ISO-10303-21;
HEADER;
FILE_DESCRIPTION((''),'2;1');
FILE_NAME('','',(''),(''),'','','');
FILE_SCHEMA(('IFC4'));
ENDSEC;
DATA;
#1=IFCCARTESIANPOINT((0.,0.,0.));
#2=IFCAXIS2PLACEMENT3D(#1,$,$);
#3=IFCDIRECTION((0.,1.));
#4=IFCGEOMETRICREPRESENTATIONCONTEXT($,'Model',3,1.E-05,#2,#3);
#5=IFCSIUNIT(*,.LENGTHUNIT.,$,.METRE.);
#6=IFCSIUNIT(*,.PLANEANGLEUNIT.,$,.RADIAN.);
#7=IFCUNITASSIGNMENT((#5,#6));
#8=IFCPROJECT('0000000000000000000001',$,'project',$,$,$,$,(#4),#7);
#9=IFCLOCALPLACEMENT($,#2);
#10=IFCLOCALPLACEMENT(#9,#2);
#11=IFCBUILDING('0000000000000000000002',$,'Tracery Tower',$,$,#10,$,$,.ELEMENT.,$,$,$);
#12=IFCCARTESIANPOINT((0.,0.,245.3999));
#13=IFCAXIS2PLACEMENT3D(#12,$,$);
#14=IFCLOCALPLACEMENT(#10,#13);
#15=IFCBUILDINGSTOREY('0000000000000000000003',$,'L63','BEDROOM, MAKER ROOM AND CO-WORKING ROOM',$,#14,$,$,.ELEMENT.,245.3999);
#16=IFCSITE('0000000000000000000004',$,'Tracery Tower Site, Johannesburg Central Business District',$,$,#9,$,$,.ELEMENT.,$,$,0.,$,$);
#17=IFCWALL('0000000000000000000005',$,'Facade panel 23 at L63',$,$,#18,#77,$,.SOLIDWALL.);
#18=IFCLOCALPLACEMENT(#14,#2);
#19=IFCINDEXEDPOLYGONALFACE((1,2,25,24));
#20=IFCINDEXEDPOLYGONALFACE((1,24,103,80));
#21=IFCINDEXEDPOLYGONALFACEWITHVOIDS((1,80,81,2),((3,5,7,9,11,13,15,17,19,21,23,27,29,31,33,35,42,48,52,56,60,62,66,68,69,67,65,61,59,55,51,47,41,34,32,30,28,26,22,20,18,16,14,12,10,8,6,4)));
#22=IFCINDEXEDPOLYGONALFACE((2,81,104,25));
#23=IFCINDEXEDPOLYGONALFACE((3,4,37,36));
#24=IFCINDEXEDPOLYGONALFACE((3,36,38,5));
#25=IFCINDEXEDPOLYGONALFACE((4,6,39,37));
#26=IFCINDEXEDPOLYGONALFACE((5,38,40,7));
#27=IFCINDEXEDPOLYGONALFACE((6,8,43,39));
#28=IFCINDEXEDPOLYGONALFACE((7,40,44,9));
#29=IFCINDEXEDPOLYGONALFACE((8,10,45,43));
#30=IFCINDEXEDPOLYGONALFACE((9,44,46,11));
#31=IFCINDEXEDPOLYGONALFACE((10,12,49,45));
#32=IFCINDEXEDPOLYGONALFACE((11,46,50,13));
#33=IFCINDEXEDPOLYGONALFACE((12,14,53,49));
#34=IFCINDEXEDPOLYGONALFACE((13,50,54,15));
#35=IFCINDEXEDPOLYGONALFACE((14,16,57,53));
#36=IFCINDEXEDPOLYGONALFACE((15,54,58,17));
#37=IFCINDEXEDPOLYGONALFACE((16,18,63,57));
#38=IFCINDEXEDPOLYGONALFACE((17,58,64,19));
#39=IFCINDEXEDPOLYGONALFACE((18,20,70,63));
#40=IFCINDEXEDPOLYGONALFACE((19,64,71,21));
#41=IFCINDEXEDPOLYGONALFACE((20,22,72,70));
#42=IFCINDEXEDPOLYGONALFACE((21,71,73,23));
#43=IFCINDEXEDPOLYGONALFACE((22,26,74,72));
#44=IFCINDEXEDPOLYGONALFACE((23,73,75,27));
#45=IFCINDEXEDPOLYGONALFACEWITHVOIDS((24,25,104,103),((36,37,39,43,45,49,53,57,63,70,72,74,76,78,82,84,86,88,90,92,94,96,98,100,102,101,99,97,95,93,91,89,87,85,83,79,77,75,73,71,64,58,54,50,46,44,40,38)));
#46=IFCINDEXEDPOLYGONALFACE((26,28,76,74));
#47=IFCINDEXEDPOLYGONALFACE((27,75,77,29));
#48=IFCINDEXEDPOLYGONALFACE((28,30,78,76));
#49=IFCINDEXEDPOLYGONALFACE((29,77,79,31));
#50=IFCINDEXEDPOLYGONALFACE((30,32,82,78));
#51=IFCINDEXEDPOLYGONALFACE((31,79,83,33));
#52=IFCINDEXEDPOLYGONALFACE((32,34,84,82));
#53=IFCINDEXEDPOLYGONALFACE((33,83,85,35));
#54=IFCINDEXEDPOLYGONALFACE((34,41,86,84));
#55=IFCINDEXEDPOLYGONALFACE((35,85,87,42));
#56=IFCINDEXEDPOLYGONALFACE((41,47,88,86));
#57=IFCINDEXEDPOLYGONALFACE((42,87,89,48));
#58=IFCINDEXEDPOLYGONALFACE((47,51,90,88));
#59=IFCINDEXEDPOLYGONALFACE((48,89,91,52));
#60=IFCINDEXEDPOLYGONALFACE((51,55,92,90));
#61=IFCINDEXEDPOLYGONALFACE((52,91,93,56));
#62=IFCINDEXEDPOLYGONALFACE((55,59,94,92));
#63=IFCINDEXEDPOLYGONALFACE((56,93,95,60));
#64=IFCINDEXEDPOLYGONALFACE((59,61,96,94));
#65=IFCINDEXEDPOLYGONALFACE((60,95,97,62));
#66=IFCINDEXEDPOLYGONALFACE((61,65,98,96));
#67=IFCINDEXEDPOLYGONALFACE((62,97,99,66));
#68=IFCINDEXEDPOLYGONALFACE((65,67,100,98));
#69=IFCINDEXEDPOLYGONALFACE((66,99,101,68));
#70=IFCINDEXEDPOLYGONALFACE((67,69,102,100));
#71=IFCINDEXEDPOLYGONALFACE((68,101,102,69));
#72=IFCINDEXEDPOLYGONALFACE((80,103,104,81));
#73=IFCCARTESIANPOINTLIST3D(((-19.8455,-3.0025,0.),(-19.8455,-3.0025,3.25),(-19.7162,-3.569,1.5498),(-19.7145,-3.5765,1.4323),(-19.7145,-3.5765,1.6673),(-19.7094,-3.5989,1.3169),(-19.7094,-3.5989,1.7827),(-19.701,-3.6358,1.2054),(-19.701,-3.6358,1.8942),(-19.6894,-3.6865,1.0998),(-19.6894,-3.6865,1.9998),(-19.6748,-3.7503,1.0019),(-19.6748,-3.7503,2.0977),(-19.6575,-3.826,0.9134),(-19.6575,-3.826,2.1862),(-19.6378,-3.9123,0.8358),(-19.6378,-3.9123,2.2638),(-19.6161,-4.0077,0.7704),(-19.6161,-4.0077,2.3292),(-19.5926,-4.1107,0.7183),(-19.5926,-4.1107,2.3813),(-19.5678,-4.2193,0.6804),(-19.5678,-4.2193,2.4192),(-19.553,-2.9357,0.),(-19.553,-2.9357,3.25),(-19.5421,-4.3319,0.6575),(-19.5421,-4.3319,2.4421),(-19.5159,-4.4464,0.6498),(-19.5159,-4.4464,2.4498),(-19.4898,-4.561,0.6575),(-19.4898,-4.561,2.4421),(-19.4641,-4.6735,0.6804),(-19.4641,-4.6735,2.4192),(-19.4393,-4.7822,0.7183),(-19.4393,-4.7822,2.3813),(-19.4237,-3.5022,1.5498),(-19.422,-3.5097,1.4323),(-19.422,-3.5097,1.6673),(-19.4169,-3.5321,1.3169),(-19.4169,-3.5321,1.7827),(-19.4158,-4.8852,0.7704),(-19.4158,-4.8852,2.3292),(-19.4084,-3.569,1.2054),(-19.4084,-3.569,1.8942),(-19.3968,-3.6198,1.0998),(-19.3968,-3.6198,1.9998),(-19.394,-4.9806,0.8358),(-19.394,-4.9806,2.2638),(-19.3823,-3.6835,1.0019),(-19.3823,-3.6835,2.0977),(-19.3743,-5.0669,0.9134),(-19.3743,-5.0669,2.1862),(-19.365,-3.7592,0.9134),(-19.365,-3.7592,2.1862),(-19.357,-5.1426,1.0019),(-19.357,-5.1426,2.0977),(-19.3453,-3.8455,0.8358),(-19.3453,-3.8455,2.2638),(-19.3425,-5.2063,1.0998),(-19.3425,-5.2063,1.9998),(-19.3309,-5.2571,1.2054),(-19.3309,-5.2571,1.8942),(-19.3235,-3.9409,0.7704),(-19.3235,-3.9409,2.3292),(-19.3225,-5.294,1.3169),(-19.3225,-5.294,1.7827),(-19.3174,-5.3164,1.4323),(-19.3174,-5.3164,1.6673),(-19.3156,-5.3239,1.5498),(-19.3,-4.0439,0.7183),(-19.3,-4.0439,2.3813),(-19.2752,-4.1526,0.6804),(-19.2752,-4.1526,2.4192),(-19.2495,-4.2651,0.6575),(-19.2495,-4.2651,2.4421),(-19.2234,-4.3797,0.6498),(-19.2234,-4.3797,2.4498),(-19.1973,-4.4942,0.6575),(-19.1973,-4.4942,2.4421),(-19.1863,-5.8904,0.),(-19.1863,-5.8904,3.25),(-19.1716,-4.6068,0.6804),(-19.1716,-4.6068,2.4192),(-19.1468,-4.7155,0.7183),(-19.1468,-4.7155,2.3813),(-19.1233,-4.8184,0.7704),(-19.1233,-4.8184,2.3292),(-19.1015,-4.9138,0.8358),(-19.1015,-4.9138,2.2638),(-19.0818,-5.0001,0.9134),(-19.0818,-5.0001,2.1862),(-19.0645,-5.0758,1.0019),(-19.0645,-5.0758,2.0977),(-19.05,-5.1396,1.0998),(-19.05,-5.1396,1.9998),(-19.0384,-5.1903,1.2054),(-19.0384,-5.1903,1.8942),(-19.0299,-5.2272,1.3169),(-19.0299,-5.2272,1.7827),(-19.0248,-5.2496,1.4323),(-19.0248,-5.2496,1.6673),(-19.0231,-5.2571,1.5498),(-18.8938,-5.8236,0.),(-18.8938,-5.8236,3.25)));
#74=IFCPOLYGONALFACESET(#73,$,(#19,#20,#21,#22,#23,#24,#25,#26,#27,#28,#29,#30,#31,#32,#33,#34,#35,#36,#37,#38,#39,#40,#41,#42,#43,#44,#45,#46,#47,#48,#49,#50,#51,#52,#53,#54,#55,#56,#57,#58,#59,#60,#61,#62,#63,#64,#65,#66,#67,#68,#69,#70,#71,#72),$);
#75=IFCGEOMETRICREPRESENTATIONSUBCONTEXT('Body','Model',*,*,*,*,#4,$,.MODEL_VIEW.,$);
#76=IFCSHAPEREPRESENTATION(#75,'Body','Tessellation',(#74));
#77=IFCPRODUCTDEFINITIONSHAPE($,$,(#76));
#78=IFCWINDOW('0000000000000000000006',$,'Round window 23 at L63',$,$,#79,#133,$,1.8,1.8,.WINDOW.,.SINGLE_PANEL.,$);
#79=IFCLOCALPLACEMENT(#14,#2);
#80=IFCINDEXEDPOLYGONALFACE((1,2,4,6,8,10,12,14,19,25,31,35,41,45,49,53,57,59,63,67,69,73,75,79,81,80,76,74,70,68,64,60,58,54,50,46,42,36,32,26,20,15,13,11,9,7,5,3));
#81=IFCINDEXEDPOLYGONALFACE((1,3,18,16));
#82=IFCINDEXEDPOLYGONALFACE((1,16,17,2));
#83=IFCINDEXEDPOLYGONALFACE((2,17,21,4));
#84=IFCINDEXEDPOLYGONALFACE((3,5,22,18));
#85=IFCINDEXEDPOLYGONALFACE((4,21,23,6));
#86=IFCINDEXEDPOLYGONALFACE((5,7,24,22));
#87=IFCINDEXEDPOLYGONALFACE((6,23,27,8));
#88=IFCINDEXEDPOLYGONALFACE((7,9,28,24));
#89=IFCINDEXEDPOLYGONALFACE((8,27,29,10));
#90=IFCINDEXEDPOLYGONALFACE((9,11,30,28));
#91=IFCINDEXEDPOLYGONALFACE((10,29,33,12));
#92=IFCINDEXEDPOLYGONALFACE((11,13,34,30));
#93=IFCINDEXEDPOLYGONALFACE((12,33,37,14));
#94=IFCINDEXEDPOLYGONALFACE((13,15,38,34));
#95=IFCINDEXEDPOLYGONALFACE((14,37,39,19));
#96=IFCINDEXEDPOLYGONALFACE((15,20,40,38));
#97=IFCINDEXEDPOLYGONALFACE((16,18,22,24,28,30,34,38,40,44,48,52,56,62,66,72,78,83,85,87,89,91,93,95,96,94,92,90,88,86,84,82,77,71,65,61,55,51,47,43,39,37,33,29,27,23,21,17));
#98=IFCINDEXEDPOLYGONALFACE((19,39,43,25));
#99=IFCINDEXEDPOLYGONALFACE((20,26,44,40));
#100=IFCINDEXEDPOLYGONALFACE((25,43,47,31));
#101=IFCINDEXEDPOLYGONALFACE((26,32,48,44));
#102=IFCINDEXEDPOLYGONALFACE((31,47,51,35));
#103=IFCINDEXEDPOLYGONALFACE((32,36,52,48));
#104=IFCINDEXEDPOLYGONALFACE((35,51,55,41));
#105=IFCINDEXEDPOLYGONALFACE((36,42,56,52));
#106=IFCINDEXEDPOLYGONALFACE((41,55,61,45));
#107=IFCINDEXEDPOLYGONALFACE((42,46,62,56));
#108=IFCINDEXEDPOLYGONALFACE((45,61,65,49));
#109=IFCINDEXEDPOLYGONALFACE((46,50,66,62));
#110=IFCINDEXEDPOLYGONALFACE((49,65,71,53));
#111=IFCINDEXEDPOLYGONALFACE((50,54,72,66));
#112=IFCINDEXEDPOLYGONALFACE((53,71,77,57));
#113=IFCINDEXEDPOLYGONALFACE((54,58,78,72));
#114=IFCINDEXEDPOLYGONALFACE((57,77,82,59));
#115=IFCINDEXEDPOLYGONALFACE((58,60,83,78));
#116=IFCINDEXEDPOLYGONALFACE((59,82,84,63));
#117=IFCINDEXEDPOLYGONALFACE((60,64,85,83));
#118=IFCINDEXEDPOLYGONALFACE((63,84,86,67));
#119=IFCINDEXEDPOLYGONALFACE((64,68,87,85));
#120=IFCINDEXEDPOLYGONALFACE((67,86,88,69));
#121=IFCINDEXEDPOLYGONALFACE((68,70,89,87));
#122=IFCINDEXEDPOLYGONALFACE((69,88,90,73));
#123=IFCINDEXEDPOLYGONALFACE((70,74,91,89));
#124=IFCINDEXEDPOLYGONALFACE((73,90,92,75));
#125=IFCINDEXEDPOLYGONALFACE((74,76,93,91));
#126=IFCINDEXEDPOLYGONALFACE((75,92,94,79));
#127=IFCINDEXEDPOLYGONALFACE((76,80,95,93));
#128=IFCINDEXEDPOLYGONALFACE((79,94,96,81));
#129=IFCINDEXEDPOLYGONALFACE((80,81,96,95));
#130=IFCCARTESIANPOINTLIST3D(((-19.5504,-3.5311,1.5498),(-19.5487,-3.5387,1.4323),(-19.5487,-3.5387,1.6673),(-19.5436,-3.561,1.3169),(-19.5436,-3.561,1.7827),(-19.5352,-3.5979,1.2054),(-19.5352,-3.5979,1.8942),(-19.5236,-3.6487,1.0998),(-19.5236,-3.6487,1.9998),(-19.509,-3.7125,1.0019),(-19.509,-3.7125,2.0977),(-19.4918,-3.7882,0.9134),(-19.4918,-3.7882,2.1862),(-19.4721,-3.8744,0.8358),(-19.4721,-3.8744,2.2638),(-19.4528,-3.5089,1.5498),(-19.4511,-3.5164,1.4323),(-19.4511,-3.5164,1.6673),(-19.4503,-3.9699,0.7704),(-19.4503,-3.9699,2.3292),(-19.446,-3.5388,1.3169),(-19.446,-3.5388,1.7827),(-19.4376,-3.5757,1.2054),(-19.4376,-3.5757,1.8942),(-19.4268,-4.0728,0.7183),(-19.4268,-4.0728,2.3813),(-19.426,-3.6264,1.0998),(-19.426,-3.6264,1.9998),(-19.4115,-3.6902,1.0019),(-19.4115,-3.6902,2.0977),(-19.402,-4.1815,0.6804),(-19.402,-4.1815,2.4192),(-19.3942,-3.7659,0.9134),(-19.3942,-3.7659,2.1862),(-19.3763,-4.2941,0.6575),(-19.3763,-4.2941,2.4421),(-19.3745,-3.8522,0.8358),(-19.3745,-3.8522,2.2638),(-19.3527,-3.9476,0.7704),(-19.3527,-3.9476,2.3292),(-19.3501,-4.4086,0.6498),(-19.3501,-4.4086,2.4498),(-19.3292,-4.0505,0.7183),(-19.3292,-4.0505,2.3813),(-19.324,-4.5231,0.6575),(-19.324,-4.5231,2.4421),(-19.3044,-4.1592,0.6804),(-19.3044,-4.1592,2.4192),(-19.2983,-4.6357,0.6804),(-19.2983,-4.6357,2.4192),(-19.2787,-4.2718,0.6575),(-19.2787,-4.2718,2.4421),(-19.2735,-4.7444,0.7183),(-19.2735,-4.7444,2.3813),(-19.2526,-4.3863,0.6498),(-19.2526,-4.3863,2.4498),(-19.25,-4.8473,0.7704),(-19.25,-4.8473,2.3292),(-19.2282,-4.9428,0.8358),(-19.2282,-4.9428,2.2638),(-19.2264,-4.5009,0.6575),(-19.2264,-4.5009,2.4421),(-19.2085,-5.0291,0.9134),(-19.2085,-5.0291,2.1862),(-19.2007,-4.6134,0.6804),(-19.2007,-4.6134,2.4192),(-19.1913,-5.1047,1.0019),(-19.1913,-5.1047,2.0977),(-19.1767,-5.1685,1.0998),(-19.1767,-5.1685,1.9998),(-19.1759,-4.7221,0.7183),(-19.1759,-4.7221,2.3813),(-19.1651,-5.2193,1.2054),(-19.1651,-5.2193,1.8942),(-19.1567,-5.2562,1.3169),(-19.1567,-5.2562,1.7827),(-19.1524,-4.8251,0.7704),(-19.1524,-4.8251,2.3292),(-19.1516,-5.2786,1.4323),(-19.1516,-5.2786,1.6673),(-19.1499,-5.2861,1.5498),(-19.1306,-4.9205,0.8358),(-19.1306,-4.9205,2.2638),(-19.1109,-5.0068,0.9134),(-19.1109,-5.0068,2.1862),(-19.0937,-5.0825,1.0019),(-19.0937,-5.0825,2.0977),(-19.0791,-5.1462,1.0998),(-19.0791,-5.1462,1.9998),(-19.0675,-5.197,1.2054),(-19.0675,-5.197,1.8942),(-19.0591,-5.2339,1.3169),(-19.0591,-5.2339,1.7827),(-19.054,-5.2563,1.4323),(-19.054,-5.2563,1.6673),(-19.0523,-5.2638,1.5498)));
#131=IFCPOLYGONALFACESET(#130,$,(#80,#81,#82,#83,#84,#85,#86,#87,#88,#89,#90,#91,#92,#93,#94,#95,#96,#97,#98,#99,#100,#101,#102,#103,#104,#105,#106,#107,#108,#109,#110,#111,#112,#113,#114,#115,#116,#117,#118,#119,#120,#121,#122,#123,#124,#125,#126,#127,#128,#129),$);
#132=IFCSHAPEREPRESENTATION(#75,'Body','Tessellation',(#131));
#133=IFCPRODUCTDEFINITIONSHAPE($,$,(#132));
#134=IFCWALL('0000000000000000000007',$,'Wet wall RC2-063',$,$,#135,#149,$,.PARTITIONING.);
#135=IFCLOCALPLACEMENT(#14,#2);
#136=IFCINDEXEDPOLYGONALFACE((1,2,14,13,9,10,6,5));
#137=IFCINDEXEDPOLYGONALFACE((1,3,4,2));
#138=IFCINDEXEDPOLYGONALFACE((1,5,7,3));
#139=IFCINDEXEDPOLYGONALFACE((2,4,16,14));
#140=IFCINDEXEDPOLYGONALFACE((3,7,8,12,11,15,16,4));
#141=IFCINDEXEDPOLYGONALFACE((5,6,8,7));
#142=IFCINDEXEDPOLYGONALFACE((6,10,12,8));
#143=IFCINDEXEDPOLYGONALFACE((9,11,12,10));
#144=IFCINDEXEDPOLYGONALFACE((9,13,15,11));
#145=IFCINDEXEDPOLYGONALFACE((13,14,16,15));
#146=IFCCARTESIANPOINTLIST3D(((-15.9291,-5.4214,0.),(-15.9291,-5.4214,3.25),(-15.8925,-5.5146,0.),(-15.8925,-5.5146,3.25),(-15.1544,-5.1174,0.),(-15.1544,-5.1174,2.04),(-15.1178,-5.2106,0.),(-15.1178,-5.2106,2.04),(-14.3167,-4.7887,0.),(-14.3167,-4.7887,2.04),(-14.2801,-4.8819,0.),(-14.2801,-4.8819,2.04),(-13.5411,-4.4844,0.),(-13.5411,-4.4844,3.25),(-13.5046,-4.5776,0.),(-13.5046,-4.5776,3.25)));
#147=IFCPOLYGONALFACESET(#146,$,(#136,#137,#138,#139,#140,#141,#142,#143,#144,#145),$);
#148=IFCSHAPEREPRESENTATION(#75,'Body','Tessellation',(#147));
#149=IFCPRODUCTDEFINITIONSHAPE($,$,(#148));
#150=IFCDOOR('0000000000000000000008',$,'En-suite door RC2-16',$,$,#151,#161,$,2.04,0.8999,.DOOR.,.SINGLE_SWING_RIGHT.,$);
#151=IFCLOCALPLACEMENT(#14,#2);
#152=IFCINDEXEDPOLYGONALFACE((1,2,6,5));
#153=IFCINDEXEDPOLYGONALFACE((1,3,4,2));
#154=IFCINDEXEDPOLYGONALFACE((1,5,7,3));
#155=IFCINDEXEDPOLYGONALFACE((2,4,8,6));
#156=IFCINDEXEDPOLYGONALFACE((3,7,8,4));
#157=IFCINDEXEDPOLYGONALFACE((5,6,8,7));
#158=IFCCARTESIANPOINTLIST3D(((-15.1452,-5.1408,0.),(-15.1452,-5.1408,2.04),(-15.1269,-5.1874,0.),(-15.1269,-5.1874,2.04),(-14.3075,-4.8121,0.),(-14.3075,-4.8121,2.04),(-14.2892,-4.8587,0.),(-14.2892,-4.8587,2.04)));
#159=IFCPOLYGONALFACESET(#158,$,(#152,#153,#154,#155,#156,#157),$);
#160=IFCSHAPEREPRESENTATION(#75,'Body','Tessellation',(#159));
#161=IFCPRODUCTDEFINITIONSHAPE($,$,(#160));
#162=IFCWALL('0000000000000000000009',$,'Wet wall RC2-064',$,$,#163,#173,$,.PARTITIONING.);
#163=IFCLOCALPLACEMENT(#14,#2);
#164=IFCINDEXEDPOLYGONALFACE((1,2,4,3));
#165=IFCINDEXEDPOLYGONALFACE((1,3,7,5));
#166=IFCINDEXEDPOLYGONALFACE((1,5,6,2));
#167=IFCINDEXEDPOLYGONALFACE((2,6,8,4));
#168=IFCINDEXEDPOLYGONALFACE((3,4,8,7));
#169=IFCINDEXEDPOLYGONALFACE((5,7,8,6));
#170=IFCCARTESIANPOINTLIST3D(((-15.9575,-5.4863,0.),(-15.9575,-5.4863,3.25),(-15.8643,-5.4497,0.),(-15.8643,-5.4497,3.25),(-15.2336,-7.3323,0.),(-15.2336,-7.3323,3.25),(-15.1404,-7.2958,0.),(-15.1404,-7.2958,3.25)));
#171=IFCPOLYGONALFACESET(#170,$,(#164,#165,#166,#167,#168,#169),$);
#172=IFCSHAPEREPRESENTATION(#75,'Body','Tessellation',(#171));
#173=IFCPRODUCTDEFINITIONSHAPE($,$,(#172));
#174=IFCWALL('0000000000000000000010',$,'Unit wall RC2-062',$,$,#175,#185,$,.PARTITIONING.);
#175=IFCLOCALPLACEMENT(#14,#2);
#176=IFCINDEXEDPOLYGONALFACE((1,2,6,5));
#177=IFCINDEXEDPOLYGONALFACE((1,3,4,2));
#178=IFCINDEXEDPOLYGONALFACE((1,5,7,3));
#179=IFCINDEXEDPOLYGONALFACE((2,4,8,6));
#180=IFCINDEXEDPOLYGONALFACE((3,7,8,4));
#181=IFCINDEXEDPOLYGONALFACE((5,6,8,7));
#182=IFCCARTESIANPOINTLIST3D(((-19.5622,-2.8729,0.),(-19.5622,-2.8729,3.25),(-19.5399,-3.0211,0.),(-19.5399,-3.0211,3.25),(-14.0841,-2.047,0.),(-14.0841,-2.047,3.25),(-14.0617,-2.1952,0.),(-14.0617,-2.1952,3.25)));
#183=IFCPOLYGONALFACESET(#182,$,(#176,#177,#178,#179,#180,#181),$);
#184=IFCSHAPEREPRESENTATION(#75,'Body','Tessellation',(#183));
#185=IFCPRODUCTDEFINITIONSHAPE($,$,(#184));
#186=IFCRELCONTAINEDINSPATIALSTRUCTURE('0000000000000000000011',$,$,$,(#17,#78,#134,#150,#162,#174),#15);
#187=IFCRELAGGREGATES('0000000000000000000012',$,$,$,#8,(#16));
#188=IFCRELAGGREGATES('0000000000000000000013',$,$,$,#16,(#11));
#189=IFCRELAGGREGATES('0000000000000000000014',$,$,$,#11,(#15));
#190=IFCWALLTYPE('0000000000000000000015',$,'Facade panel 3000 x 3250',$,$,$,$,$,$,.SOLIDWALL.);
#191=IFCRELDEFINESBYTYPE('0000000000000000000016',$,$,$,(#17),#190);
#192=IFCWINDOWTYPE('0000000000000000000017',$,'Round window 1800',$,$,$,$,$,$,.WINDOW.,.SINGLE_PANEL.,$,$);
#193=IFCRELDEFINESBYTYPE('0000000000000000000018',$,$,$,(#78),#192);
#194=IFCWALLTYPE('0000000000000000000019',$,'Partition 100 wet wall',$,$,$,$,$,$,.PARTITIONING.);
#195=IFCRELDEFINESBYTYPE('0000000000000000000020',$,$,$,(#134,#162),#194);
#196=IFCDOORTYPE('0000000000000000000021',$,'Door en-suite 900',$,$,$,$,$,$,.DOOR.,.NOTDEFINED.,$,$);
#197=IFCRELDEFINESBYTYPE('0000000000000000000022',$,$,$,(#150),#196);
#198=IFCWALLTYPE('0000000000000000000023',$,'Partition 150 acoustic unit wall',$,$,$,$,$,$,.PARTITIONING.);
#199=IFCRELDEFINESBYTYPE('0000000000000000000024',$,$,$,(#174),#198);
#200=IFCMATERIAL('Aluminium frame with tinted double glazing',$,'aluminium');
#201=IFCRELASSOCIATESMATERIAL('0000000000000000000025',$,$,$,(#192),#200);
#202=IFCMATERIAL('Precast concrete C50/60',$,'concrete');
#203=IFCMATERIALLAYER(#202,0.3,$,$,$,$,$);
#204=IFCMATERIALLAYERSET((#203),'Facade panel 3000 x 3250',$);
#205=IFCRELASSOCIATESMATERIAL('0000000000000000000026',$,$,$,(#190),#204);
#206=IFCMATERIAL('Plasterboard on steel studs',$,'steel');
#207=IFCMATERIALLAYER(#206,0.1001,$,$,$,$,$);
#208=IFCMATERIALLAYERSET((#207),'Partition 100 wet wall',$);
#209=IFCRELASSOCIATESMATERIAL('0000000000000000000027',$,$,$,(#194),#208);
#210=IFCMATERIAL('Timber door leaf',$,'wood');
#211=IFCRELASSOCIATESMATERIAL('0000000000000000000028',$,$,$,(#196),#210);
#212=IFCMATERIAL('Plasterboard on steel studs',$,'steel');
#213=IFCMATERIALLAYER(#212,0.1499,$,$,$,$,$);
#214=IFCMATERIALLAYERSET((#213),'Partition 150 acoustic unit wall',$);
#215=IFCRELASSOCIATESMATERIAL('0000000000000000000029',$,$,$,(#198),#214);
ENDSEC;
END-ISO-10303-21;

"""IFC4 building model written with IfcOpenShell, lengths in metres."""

from ifc_helpers import new_model, si_unit, direction, frame, frame_2d, origin, origin_2d, place, context, subcontext, project, spatial, rectangle, circle, extrude, material, layer, layer_set, type_object, element, fill, save


model = new_model("IFC4")

# Units and contexts
model_context = context("Model", 3, precision=1e-05, world=origin(), true_north=direction((0.0, 1.0)))
body_context = subcontext(model_context, "Body", "Model", "MODEL_VIEW")
ifc_project = project(units=[si_unit("LENGTHUNIT", "METRE"), si_unit("PLANEANGLEUNIT", "RADIAN")], contexts=[model_context])

# Site, building, storey
site_placement = place(None, origin())
site = spatial("IfcSite", under=ifc_project, at=site_placement, Name="Tracery Tower Site, Johannesburg Central Business District", CompositionType="ELEMENT", RefElevation=0.0)
building_placement = place(site_placement, origin())
building = spatial("IfcBuilding", under=site, at=building_placement, Name="Tracery Tower", CompositionType="ELEMENT")
storey_placement = place(building_placement, frame((0.0, 0.0, 245.3999)))
storey = spatial("IfcBuildingStorey", under=building, at=storey_placement, Name="L63", Description="BEDROOM, MAKER ROOM AND CO-WORKING ROOM", CompositionType="ELEMENT", Elevation=245.3999)

# Wall, opening, window
ifc_material_1 = material(Name="Aluminium frame with tinted double glazing", Category="aluminium")
window_type = type_object("IfcWindowType", Name="Round window 1800", PartitioningType="SINGLE_PANEL", PredefinedType="WINDOW", material=ifc_material_1)
ifc_material_2 = material(Name="Precast concrete C50/60", Category="concrete")
ifc_layer_1 = layer(ifc_material_2, 0.3)
ifc_layer_set_1 = layer_set([ifc_layer_1], Name="Facade panel 3000 x 3250")
wall_type_1 = type_object("IfcWallType", Name="Facade panel 3000 x 3250", PredefinedType="SOLIDWALL", material=ifc_layer_set_1)
wall_1_placement = place(storey_placement, frame((-19.6992, -2.9692, 0.0), z_axis=(0.0, 0.0, 1.0), x_axis=(0.222529, -0.974926, 0.0)))
wall_1 = element("IfcWall", 1, at=wall_1_placement, inside=storey, type_object=wall_type_1, Name="Facade panel 23 at L63", PredefinedType="SOLIDWALL", context=body_context, shape_type="SweptSolid", body=[
    extrude(rectangle(XDim=2.9622, YDim=0.3, at=frame_2d((1.481, 0.0))), origin(), (0.0, 0.0, 1.0), 3.25),
])
opening_1_placement = place(wall_1_placement, frame((1.481, 0.0, 1.5498)))
opening_1 = element("IfcOpeningElement", 2, at=opening_1_placement, cuts=wall_1, PredefinedType="OPENING", context=body_context, shape_type="SweptSolid", body=[
    extrude(circle(Radius=0.9, at=origin_2d()), frame((0.0, 0.1599, 0.0), z_axis=(0.0, -1.0, 0.0), x_axis=(1.0, 0.0, 0.0)), (0.0, 0.0, 1.0), 0.3201),
])
window_1_placement = place(opening_1_placement, origin())
window_1 = element("IfcWindow", 3, at=window_1_placement, inside=storey, type_object=window_type, Name="Round window 23 at L63", OverallHeight=1.8, OverallWidth=1.8, PartitioningType="SINGLE_PANEL", PredefinedType="WINDOW", context=body_context, shape_type="SweptSolid", body=[
    extrude(circle(Radius=0.9, at=origin_2d()), frame((0.0, 0.1201, 0.0), z_axis=(0.0, -1.0, 0.0), x_axis=(1.0, 0.0, 0.0)), (0.0, 0.0, 1.0), 0.1001),
])
fill(opening_1, window_1)

# Wall, opening, door
ifc_material_3 = material(Name="Plasterboard on steel studs", Category="steel")
ifc_layer_2 = layer(ifc_material_3, 0.1001)
ifc_layer_set_2 = layer_set([ifc_layer_2], Name="Partition 100 wet wall")
wall_type_2 = type_object("IfcWallType", Name="Partition 100 wet wall", PredefinedType="PARTITIONING", material=ifc_layer_set_2)
wall_2_placement = place(storey_placement, frame((-15.9109, -5.468, 0.0), z_axis=(0.0, 0.0, 1.0), x_axis=(0.930898, 0.365278, 0.0)))
wall_2 = element("IfcWall", 4, at=wall_2_placement, inside=storey, type_object=wall_type_2, Name="Wet wall RC2-063", PredefinedType="PARTITIONING", context=body_context, shape_type="SweptSolid", body=[
    extrude(rectangle(XDim=2.5652, YDim=0.1001, at=frame_2d((1.2827, 0.0))), origin(), (0.0, 0.0, 1.0), 3.25),
])
opening_2_placement = place(wall_2_placement, frame((0.8323, 0.0, 0.0)))
opening_2 = element("IfcOpeningElement", 5, at=opening_2_placement, cuts=wall_2, PredefinedType="OPENING", context=body_context, shape_type="SweptSolid", body=[
    extrude(rectangle(XDim=0.8999, YDim=2.04, at=frame_2d((0.45, 1.02))), frame((0.0, 0.05, 0.0), z_axis=(0.0, -1.0, 0.0), x_axis=(1.0, 0.0, 0.0)), (0.0, 0.0, 1.0), 0.1001),
])
ifc_material_4 = material(Name="Timber door leaf", Category="wood")
door_type = type_object("IfcDoorType", Name="Door en-suite 900", OperationType="NOTDEFINED", PredefinedType="DOOR", material=ifc_material_4)
door_placement = place(opening_2_placement, origin())
door = element("IfcDoor", 6, at=door_placement, inside=storey, type_object=door_type, Name="En-suite door RC2-16", OperationType="SINGLE_SWING_RIGHT", OverallHeight=2.04, OverallWidth=0.8999, PredefinedType="DOOR", context=body_context, shape_type="SweptSolid", body=[
    extrude(rectangle(XDim=0.8999, YDim=2.04, at=frame_2d((0.45, 1.02))), frame((0.0, 0.0249, 0.0), z_axis=(0.0, -1.0, 0.0), x_axis=(1.0, 0.0, 0.0)), (0.0, 0.0, 1.0), 0.05),
])
fill(opening_2, door)

# Walls
wall_3_placement = place(storey_placement, frame((-15.9109, -5.468, 0.0), z_axis=(0.0, 0.0, 1.0), x_axis=(0.365077, -0.930977, 0.0)))
element("IfcWall", 7, at=wall_3_placement, inside=storey, type_object=wall_type_2, Name="Wet wall RC2-064", PredefinedType="PARTITIONING", context=body_context, shape_type="SweptSolid", body=[
    extrude(rectangle(XDim=1.9829, YDim=0.1001, at=frame_2d((0.9915, 0.0))), origin(), (0.0, 0.0, 1.0), 3.25),
])
ifc_material_5 = material(Name="Plasterboard on steel studs", Category="steel")
ifc_layer_3 = layer(ifc_material_5, 0.1499)
ifc_layer_set_3 = layer_set([ifc_layer_3], Name="Partition 150 acoustic unit wall")
wall_type_3 = type_object("IfcWallType", Name="Partition 150 acoustic unit wall", PredefinedType="PARTITIONING", material=ifc_layer_set_3)
wall_4_placement = place(storey_placement, frame((-19.551, -2.947, 0.0), z_axis=(0.0, 0.0, 1.0), x_axis=(0.988824, 0.149086, 0.0)))
element("IfcWall", 8, at=wall_4_placement, inside=storey, type_object=wall_type_3, Name="Unit wall RC2-062", PredefinedType="PARTITIONING", context=body_context, shape_type="SweptSolid", body=[
    extrude(rectangle(XDim=5.54, YDim=0.1499, at=frame_2d((2.77, 0.0))), origin(), (0.0, 0.0, 1.0), 3.25),
])

save(model, "model.ifc")
